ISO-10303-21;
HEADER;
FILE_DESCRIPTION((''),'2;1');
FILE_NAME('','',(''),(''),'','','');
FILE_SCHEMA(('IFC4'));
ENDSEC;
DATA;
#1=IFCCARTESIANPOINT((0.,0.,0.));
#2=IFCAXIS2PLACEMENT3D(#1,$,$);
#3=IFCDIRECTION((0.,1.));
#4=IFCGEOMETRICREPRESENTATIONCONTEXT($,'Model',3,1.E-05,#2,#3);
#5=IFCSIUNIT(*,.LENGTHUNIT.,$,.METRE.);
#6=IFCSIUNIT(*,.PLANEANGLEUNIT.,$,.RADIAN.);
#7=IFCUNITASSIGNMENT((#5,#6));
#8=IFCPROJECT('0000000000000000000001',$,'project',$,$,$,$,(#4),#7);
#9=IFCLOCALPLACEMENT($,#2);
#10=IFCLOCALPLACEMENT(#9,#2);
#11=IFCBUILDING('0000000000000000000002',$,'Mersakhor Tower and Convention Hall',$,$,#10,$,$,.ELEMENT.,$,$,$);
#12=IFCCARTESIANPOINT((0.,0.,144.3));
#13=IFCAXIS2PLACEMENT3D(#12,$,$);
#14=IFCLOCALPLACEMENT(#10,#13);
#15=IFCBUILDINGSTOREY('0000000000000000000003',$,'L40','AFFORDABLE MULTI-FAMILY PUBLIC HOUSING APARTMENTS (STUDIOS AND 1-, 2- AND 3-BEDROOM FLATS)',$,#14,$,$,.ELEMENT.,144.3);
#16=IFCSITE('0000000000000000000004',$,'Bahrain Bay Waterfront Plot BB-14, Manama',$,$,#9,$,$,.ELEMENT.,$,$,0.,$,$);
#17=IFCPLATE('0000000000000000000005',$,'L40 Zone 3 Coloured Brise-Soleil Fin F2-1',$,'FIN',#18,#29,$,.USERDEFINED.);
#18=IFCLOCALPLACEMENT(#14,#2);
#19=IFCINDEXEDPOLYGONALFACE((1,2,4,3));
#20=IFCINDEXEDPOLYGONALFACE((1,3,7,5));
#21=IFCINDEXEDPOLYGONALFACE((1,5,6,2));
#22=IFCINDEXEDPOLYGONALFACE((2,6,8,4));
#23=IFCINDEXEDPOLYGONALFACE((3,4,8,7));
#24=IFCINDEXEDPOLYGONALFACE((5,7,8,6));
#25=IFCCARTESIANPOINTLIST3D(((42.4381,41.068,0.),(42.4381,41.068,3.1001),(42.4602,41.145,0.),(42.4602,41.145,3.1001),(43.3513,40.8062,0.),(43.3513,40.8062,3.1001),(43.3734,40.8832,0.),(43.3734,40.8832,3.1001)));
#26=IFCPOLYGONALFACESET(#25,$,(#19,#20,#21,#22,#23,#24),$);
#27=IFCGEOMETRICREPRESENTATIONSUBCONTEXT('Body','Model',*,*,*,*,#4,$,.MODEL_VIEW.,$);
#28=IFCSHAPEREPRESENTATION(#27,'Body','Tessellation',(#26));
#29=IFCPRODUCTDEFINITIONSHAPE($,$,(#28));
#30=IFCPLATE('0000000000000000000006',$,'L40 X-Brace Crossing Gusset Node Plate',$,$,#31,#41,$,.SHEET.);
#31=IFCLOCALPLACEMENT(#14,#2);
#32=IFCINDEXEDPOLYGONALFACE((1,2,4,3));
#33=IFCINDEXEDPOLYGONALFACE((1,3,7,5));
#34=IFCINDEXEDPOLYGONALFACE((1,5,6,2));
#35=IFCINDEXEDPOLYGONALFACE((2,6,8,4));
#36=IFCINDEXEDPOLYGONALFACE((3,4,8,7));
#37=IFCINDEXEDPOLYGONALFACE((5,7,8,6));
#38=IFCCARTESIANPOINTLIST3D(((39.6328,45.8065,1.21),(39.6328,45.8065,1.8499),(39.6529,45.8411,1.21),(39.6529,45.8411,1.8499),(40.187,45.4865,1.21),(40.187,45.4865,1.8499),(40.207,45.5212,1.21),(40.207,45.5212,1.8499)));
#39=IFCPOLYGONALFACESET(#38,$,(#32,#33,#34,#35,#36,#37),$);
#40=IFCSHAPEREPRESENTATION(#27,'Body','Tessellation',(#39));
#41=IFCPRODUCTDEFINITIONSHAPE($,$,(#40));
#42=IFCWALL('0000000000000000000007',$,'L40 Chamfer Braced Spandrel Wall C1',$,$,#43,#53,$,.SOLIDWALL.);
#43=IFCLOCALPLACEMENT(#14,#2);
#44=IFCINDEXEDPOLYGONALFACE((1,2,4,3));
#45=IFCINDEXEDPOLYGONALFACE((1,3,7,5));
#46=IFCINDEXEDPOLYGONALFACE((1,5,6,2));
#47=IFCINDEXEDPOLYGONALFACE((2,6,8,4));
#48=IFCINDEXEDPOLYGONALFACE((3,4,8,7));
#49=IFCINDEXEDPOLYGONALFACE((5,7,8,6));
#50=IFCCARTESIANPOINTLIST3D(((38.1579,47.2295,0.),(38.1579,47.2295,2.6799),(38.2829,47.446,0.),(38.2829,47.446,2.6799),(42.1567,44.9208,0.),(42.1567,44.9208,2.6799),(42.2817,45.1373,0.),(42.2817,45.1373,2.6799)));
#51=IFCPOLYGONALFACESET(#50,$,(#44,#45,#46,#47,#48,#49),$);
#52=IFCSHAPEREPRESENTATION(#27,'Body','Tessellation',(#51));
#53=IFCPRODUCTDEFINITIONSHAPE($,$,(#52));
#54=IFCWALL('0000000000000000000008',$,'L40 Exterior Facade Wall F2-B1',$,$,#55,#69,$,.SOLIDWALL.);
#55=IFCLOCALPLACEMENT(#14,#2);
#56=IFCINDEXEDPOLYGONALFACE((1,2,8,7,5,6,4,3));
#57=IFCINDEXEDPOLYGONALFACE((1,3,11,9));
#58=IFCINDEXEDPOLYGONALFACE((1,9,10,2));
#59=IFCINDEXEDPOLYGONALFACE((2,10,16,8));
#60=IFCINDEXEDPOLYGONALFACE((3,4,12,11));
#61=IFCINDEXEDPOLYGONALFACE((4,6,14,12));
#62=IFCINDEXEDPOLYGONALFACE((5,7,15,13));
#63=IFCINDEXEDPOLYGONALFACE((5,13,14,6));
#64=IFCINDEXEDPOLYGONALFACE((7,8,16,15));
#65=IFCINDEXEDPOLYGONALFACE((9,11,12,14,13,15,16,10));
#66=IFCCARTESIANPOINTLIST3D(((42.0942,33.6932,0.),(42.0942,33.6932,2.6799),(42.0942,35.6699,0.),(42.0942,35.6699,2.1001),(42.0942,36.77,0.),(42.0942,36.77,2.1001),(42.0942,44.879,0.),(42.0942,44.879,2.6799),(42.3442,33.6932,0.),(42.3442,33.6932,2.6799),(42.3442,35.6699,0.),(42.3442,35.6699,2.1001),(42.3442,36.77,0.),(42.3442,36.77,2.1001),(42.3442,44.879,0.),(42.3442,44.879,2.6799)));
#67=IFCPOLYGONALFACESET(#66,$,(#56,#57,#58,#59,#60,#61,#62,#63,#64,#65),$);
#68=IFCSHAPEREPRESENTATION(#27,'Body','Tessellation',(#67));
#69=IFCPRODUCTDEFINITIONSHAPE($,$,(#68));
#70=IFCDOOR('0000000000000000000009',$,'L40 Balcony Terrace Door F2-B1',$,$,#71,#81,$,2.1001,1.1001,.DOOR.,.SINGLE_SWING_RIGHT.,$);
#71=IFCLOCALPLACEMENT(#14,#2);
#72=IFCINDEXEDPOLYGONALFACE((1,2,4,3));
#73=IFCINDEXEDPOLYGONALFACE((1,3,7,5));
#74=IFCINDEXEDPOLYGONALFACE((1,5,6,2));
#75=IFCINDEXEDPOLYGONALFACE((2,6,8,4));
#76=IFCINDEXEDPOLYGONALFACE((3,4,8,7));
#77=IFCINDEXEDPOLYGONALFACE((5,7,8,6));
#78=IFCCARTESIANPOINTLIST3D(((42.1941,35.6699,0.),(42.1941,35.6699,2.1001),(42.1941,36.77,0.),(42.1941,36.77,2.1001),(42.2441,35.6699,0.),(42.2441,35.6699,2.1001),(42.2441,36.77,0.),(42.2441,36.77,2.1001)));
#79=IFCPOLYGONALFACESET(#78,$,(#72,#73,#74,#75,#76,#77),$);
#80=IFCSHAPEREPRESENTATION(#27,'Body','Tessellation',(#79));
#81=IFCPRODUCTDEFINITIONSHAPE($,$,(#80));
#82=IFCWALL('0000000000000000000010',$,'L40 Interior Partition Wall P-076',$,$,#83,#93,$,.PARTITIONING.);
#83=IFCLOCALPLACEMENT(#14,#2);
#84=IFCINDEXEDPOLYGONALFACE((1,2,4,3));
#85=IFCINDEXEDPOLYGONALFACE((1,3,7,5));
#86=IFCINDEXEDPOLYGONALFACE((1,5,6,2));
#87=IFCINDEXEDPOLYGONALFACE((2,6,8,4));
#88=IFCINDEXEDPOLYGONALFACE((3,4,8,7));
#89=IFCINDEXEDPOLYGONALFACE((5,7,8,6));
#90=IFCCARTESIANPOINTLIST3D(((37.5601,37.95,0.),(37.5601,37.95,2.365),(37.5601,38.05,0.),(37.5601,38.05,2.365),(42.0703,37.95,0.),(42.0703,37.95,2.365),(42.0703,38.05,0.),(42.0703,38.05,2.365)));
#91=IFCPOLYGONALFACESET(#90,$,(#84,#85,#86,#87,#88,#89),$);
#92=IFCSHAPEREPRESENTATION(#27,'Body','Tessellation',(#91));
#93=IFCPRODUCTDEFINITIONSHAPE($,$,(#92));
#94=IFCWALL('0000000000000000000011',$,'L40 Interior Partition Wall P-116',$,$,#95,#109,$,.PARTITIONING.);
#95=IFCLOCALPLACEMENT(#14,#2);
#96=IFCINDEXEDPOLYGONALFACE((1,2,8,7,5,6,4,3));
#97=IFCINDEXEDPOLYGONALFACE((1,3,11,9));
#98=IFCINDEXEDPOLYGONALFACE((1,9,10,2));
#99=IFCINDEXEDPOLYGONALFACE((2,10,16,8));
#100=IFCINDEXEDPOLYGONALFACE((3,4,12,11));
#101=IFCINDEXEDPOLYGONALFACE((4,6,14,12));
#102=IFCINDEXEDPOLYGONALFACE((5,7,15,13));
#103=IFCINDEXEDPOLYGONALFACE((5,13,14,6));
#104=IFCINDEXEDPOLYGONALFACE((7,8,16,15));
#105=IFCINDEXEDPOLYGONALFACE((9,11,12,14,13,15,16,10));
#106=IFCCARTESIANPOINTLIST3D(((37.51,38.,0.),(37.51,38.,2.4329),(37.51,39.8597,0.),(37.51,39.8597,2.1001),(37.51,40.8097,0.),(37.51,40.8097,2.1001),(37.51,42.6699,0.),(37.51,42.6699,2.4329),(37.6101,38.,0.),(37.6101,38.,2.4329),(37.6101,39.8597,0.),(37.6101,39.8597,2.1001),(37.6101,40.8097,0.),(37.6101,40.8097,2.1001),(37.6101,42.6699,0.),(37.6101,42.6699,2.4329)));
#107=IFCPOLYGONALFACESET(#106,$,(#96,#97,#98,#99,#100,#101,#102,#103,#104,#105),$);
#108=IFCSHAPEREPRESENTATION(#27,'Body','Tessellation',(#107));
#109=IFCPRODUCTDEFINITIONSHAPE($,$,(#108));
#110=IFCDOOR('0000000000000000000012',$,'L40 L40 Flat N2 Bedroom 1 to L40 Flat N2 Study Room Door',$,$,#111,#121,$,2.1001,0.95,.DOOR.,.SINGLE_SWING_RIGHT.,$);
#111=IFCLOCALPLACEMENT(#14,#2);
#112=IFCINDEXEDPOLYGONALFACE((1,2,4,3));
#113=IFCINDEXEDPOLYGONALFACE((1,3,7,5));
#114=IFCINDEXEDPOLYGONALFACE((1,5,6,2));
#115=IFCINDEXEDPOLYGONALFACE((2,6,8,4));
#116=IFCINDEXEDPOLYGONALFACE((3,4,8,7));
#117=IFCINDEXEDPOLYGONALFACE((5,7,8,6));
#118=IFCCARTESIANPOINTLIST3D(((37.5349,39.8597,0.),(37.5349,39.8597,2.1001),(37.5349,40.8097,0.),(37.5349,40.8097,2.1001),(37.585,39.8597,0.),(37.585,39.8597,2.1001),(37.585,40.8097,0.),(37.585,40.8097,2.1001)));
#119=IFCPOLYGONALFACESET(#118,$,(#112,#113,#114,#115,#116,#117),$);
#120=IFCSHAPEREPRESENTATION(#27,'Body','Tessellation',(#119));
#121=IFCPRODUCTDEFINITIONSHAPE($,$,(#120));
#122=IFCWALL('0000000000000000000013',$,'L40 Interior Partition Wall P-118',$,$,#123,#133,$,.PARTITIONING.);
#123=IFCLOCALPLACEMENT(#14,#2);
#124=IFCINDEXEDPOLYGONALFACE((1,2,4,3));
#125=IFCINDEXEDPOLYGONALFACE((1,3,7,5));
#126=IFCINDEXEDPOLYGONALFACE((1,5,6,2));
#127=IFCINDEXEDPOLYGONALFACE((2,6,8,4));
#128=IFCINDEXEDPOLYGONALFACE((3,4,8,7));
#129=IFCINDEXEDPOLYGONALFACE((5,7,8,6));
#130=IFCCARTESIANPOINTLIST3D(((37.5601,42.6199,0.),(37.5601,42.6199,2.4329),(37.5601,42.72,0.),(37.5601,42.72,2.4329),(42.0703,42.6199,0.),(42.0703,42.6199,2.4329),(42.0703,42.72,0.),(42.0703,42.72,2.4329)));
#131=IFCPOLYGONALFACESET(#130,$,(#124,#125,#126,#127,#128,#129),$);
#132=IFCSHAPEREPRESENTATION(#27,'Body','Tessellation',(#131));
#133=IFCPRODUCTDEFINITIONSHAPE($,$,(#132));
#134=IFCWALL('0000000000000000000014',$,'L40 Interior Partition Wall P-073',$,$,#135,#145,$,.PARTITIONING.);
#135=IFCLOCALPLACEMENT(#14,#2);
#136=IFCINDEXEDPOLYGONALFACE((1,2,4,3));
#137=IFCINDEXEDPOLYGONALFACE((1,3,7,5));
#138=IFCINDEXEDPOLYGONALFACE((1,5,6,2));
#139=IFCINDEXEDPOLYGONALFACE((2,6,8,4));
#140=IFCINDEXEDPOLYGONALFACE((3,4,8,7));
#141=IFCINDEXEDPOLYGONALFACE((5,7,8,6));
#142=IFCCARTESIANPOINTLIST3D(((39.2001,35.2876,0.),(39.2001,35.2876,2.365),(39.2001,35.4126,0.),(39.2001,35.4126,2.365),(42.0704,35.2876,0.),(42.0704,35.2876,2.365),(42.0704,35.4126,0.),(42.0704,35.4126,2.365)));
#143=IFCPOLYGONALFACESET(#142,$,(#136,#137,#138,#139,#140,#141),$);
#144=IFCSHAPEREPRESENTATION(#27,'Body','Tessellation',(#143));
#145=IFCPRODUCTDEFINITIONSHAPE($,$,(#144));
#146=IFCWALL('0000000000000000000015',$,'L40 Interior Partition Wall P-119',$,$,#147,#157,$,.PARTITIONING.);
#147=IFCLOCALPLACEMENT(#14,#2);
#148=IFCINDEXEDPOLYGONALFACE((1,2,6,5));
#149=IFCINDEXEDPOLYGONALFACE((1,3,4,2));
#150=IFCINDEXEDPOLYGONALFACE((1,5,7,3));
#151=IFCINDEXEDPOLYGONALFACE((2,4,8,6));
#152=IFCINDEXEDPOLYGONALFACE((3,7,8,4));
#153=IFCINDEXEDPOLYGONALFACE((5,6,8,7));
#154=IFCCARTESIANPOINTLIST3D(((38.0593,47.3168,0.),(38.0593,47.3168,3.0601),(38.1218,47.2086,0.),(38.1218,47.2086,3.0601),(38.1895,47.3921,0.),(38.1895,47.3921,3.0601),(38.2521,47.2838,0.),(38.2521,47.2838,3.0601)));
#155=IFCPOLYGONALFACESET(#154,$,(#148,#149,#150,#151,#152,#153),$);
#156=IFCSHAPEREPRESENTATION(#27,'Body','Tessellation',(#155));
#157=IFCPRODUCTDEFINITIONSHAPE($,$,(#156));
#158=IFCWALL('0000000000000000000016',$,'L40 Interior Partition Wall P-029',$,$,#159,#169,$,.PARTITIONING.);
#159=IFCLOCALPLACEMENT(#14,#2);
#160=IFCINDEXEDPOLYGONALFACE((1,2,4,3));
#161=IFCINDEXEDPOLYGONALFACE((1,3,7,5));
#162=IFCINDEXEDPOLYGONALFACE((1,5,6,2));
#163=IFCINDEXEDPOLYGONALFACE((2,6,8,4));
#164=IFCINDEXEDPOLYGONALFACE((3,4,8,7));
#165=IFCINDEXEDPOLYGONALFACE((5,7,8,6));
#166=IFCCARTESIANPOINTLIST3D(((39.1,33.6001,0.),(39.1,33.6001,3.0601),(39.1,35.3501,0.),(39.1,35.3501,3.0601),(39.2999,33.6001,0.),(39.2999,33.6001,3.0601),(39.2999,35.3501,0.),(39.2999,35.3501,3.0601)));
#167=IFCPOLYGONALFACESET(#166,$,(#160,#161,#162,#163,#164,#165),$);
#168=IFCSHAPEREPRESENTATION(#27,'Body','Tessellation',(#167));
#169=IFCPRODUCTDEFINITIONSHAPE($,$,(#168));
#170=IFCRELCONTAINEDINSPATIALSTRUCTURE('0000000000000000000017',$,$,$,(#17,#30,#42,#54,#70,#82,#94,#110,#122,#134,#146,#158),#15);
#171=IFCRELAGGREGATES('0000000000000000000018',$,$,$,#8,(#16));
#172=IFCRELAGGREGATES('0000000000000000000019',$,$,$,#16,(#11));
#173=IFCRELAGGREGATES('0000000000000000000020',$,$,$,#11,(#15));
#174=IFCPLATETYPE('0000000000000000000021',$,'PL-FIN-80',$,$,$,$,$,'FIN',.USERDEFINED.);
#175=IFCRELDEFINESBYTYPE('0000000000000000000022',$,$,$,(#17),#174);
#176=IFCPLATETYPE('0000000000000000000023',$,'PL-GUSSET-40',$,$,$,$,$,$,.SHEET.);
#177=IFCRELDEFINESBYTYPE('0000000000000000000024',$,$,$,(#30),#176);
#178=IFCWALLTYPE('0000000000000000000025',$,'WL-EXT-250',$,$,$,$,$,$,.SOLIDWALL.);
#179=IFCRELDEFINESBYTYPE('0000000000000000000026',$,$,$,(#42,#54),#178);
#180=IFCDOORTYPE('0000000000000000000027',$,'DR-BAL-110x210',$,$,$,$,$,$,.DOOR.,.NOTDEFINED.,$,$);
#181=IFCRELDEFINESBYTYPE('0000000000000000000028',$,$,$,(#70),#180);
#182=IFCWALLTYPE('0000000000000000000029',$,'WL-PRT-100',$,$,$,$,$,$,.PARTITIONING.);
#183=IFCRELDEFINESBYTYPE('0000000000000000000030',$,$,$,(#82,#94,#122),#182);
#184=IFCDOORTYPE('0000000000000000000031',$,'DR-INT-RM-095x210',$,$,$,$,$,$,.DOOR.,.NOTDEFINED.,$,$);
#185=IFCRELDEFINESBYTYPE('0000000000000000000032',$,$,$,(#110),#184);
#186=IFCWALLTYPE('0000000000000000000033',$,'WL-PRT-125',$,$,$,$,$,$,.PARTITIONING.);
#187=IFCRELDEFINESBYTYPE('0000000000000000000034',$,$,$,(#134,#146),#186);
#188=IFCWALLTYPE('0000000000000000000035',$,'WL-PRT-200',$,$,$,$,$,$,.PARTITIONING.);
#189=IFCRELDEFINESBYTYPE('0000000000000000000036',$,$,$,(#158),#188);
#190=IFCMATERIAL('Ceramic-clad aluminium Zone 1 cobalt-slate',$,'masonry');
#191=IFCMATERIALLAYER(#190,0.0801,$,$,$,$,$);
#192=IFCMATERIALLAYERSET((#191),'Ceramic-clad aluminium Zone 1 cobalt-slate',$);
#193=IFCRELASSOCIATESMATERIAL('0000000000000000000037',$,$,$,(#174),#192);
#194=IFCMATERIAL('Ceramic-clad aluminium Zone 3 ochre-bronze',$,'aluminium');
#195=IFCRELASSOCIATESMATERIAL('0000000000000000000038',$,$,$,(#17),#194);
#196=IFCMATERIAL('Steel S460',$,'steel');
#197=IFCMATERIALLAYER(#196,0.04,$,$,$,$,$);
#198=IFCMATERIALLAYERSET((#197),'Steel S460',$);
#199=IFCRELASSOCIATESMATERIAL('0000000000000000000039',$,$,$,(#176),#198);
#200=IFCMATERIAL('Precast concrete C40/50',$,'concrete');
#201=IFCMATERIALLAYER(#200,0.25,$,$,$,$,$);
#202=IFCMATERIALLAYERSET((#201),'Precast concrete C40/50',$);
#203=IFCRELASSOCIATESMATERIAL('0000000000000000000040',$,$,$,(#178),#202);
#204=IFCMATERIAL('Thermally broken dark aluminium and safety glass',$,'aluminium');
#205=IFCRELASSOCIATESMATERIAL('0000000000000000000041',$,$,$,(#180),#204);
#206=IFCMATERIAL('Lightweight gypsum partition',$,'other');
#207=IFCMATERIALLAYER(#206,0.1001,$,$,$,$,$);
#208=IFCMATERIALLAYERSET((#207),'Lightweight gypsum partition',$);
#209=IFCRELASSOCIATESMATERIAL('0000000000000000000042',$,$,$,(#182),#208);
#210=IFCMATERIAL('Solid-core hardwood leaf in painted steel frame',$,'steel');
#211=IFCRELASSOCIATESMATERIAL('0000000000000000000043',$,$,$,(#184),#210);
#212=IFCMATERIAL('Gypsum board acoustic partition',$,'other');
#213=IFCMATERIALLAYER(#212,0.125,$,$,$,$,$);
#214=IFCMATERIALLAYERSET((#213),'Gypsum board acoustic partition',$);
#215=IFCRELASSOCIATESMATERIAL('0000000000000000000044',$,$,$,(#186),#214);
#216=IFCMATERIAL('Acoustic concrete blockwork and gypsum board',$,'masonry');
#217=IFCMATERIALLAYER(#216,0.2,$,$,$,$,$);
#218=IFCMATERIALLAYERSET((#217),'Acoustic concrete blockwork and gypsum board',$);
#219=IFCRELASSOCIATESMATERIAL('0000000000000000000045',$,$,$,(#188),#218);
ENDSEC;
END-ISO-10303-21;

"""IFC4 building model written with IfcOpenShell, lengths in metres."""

from ifc_helpers import new_model, si_unit, direction, frame, frame_2d, origin, origin_2d, place, context, subcontext, project, spatial, rectangle, extrude, material, layer, layer_set, type_object, element, fill, save


model = new_model("IFC4")

# Units and contexts
model_context = context("Model", 3, precision=1e-05, world=origin(), true_north=direction((0.0, 1.0)))
body_context = subcontext(model_context, "Body", "Model", "MODEL_VIEW")
ifc_project = project(units=[si_unit("LENGTHUNIT", "METRE"), si_unit("PLANEANGLEUNIT", "RADIAN")], contexts=[model_context])

# Site, building, storey
site_placement = place(None, origin())
site = spatial("IfcSite", under=ifc_project, at=site_placement, Name="Bahrain Bay Waterfront Plot BB-14, Manama", CompositionType="ELEMENT", RefElevation=0.0)
building_placement = place(site_placement, origin())
building = spatial("IfcBuilding", under=site, at=building_placement, Name="Mersakhor Tower and Convention Hall", CompositionType="ELEMENT")
storey_placement = place(building_placement, frame((0.0, 0.0, 144.3)))
storey = spatial("IfcBuildingStorey", under=building, at=storey_placement, Name="L40", Description="AFFORDABLE MULTI-FAMILY PUBLIC HOUSING APARTMENTS (STUDIOS AND 1-, 2- AND 3-BEDROOM FLATS)", CompositionType="ELEMENT", Elevation=144.3)

# Plates
ifc_material_1 = material(Name="Ceramic-clad aluminium Zone 3 ochre-bronze", Category="aluminium")
ifc_material_2 = material(Name="Ceramic-clad aluminium Zone 1 cobalt-slate", Category="masonry")
ifc_layer_1 = layer(ifc_material_2, 0.0801)
ifc_layer_set_1 = layer_set([ifc_layer_1], Name="Ceramic-clad aluminium Zone 1 cobalt-slate")
plate_type_1 = type_object("IfcPlateType", Name="PL-FIN-80", ElementType="FIN", PredefinedType="USERDEFINED", material=ifc_layer_set_1)
plate_1_placement = place(storey_placement, frame((42.9058, 40.9756, 0.0), z_axis=(0.0, 0.0, 1.0), x_axis=(0.961262, -0.275637, 0.0)))
element("IfcPlate", 1, at=plate_1_placement, inside=storey, type_object=plate_type_1, material=ifc_material_1, Name="L40 Zone 3 Coloured Brise-Soleil Fin F2-1", ObjectType="FIN", PredefinedType="USERDEFINED", context=body_context, shape_type="SweptSolid", body=[
    extrude(rectangle(XDim=0.95, YDim=0.0801, at=origin_2d()), origin(), (0.0, 0.0, 1.0), 3.1001),
])
ifc_material_3 = material(Name="Steel S460", Category="steel")
ifc_layer_2 = layer(ifc_material_3, 0.04)
ifc_layer_set_2 = layer_set([ifc_layer_2], Name="Steel S460")
plate_type_2 = type_object("IfcPlateType", Name="PL-GUSSET-40", PredefinedType="SHEET", material=ifc_layer_set_2)
plate_2_placement = place(storey_placement, frame((39.9199, 45.6638, 1.21), z_axis=(0.0, 0.0, 1.0), x_axis=(-0.866025, 0.5, 0.0)))
element("IfcPlate", 2, at=plate_2_placement, inside=storey, type_object=plate_type_2, Name="L40 X-Brace Crossing Gusset Node Plate", PredefinedType="SHEET", context=body_context, shape_type="SweptSolid", body=[
    extrude(rectangle(XDim=0.6399, YDim=0.04, at=origin_2d()), origin(), (0.0, 0.0, 1.0), 0.6399),
])

# Wall
ifc_material_4 = material(Name="Precast concrete C40/50", Category="concrete")
ifc_layer_3 = layer(ifc_material_4, 0.25)
ifc_layer_set_3 = layer_set([ifc_layer_3], Name="Precast concrete C40/50")
wall_type_1 = type_object("IfcWallType", Name="WL-EXT-250", PredefinedType="SOLIDWALL", material=ifc_layer_set_3)
wall_1_placement = place(storey_placement, frame((38.2205, 47.3376, 0.0), z_axis=(0.0, 0.0, 1.0), x_axis=(0.866035, -0.499983, 0.0)))
element("IfcWall", 3, at=wall_1_placement, inside=storey, type_object=wall_type_1, Name="L40 Chamfer Braced Spandrel Wall C1", PredefinedType="SOLIDWALL", context=body_context, shape_type="SweptSolid", body=[
    extrude(rectangle(XDim=4.6174, YDim=0.25, at=frame_2d((2.3086, 0.0))), origin(), (0.0, 0.0, 1.0), 2.6799),
])

# Wall, opening, door
wall_2_placement = place(storey_placement, frame((42.2192, 44.8789, 0.0), z_axis=(0.0, 0.0, 1.0), x_axis=(0.0, -1.0, 0.0)))
wall_2 = element("IfcWall", 4, at=wall_2_placement, inside=storey, type_object=wall_type_1, Name="L40 Exterior Facade Wall F2-B1", PredefinedType="SOLIDWALL", context=body_context, shape_type="SweptSolid", body=[
    extrude(rectangle(XDim=11.1858, YDim=0.25, at=frame_2d((5.5928, 0.0))), origin(), (0.0, 0.0, 1.0), 2.6799),
])
opening_1_placement = place(wall_2_placement, frame((8.1089, 0.0, 0.0)))
opening_1 = element("IfcOpeningElement", 5, at=opening_1_placement, cuts=wall_2, PredefinedType="OPENING", context=body_context, shape_type="SweptSolid", body=[
    extrude(rectangle(XDim=1.1001, YDim=2.1001, at=frame_2d((0.55, 1.05))), frame((0.0, 0.135, 0.0), z_axis=(0.0, -1.0, 0.0), x_axis=(1.0, 0.0, 0.0)), (0.0, 0.0, 1.0), 0.27),
])
ifc_material_5 = material(Name="Thermally broken dark aluminium and safety glass", Category="aluminium")
door_type_1 = type_object("IfcDoorType", Name="DR-BAL-110x210", OperationType="NOTDEFINED", PredefinedType="DOOR", material=ifc_material_5)
door_1_placement = place(opening_1_placement, origin())
door_1 = element("IfcDoor", 6, at=door_1_placement, inside=storey, type_object=door_type_1, Name="L40 Balcony Terrace Door F2-B1", OperationType="SINGLE_SWING_RIGHT", OverallHeight=2.1001, OverallWidth=1.1001, PredefinedType="DOOR", context=body_context, shape_type="SweptSolid", body=[
    extrude(rectangle(XDim=1.1001, YDim=2.1001, at=frame_2d((0.55, 1.05))), frame((0.0, 0.0249, 0.0), z_axis=(0.0, -1.0, 0.0), x_axis=(1.0, 0.0, 0.0)), (0.0, 0.0, 1.0), 0.05),
])
fill(opening_1, door_1)

# Wall
ifc_material_6 = material(Name="Lightweight gypsum partition", Category="other")
ifc_layer_4 = layer(ifc_material_6, 0.1001)
ifc_layer_set_4 = layer_set([ifc_layer_4], Name="Lightweight gypsum partition")
wall_type_2 = type_object("IfcWallType", Name="WL-PRT-100", PredefinedType="PARTITIONING", material=ifc_layer_set_4)
wall_3_placement = place(storey_placement, frame((37.5601, 38.0, 0.0), z_axis=(0.0, 0.0, 1.0), x_axis=(1.0, 0.0, 0.0)))
element("IfcWall", 7, at=wall_3_placement, inside=storey, type_object=wall_type_2, Name="L40 Interior Partition Wall P-076", PredefinedType="PARTITIONING", context=body_context, shape_type="SweptSolid", body=[
    extrude(rectangle(XDim=4.5103, YDim=0.1001, at=frame_2d((2.2551, 0.0))), origin(), (0.0, 0.0, 1.0), 2.365),
])

# Wall, opening, door
wall_4_placement = place(storey_placement, frame((37.5601, 42.6699, 0.0), z_axis=(0.0, 0.0, 1.0), x_axis=(0.0, -1.0, 0.0)))
wall_4 = element("IfcWall", 8, at=wall_4_placement, inside=storey, type_object=wall_type_2, Name="L40 Interior Partition Wall P-116", PredefinedType="PARTITIONING", context=body_context, shape_type="SweptSolid", body=[
    extrude(rectangle(XDim=4.6699, YDim=0.1001, at=frame_2d((2.335, 0.0))), origin(), (0.0, 0.0, 1.0), 2.4329),
])
opening_2_placement = place(wall_4_placement, frame((1.8601, 0.0, 0.0)))
opening_2 = element("IfcOpeningElement", 9, at=opening_2_placement, cuts=wall_4, PredefinedType="OPENING", context=body_context, shape_type="SweptSolid", body=[
    extrude(rectangle(XDim=0.95, YDim=2.1001, at=frame_2d((0.4751, 1.05))), frame((0.0, 0.0601, 0.0), z_axis=(0.0, -1.0, 0.0), x_axis=(1.0, 0.0, 0.0)), (0.0, 0.0, 1.0), 0.1201),
])
ifc_material_7 = material(Name="Solid-core hardwood leaf in painted steel frame", Category="steel")
door_type_2 = type_object("IfcDoorType", Name="DR-INT-RM-095x210", OperationType="NOTDEFINED", PredefinedType="DOOR", material=ifc_material_7)
door_2_placement = place(opening_2_placement, origin())
door_2 = element("IfcDoor", 10, at=door_2_placement, inside=storey, type_object=door_type_2, Name="L40 L40 Flat N2 Bedroom 1 to L40 Flat N2 Study Room Door", OperationType="SINGLE_SWING_RIGHT", OverallHeight=2.1001, OverallWidth=0.95, PredefinedType="DOOR", context=body_context, shape_type="SweptSolid", body=[
    extrude(rectangle(XDim=0.95, YDim=2.1001, at=frame_2d((0.4751, 1.05))), frame((0.0, 0.0249, 0.0), z_axis=(0.0, -1.0, 0.0), x_axis=(1.0, 0.0, 0.0)), (0.0, 0.0, 1.0), 0.05),
])
fill(opening_2, door_2)

# Walls
wall_5_placement = place(storey_placement, frame((37.5601, 42.6699, 0.0), z_axis=(0.0, 0.0, 1.0), x_axis=(1.0, 0.0, 0.0)))
element("IfcWall", 11, at=wall_5_placement, inside=storey, type_object=wall_type_2, Name="L40 Interior Partition Wall P-118", PredefinedType="PARTITIONING", context=body_context, shape_type="SweptSolid", body=[
    extrude(rectangle(XDim=4.5103, YDim=0.1001, at=frame_2d((2.2551, 0.0))), origin(), (0.0, 0.0, 1.0), 2.4329),
])
ifc_material_8 = material(Name="Gypsum board acoustic partition", Category="other")
ifc_layer_5 = layer(ifc_material_8, 0.125)
ifc_layer_set_5 = layer_set([ifc_layer_5], Name="Gypsum board acoustic partition")
wall_type_3 = type_object("IfcWallType", Name="WL-PRT-125", PredefinedType="PARTITIONING", material=ifc_layer_set_5)
wall_6_placement = place(storey_placement, frame((42.0703, 35.3501, 0.0), z_axis=(0.0, 0.0, 1.0), x_axis=(-1.0, 0.0, 0.0)))
element("IfcWall", 12, at=wall_6_placement, inside=storey, type_object=wall_type_3, Name="L40 Interior Partition Wall P-073", PredefinedType="PARTITIONING", context=body_context, shape_type="SweptSolid", body=[
    extrude(rectangle(XDim=2.8704, YDim=0.125, at=frame_2d((1.4351, 0.0))), origin(), (0.0, 0.0, 1.0), 2.365),
])
wall_7_placement = place(storey_placement, frame((38.0906, 47.2627, 0.0), z_axis=(0.0, 0.0, 1.0), x_axis=(0.865834, 0.500332, 0.0)))
element("IfcWall", 13, at=wall_7_placement, inside=storey, type_object=wall_type_3, Name="L40 Interior Partition Wall P-119", PredefinedType="PARTITIONING", context=body_context, shape_type="SweptSolid", body=[
    extrude(rectangle(XDim=0.1504, YDim=0.125, at=frame_2d((0.0752, 0.0))), origin(), (0.0, 0.0, 1.0), 3.0601),
])
ifc_material_9 = material(Name="Acoustic concrete blockwork and gypsum board", Category="masonry")
ifc_layer_6 = layer(ifc_material_9, 0.2)
ifc_layer_set_6 = layer_set([ifc_layer_6], Name="Acoustic concrete blockwork and gypsum board")
wall_type_4 = type_object("IfcWallType", Name="WL-PRT-200", PredefinedType="PARTITIONING", material=ifc_layer_set_6)
wall_8_placement = place(storey_placement, frame((39.2, 35.3501, 0.0), z_axis=(0.0, 0.0, 1.0), x_axis=(0.0, -1.0, 0.0)))
element("IfcWall", 14, at=wall_8_placement, inside=storey, type_object=wall_type_4, Name="L40 Interior Partition Wall P-029", PredefinedType="PARTITIONING", context=body_context, shape_type="SweptSolid", body=[
    extrude(rectangle(XDim=1.75, YDim=0.2, at=frame_2d((0.875, 0.0))), origin(), (0.0, 0.0, 1.0), 3.0601),
])

save(model, "model.ifc")
